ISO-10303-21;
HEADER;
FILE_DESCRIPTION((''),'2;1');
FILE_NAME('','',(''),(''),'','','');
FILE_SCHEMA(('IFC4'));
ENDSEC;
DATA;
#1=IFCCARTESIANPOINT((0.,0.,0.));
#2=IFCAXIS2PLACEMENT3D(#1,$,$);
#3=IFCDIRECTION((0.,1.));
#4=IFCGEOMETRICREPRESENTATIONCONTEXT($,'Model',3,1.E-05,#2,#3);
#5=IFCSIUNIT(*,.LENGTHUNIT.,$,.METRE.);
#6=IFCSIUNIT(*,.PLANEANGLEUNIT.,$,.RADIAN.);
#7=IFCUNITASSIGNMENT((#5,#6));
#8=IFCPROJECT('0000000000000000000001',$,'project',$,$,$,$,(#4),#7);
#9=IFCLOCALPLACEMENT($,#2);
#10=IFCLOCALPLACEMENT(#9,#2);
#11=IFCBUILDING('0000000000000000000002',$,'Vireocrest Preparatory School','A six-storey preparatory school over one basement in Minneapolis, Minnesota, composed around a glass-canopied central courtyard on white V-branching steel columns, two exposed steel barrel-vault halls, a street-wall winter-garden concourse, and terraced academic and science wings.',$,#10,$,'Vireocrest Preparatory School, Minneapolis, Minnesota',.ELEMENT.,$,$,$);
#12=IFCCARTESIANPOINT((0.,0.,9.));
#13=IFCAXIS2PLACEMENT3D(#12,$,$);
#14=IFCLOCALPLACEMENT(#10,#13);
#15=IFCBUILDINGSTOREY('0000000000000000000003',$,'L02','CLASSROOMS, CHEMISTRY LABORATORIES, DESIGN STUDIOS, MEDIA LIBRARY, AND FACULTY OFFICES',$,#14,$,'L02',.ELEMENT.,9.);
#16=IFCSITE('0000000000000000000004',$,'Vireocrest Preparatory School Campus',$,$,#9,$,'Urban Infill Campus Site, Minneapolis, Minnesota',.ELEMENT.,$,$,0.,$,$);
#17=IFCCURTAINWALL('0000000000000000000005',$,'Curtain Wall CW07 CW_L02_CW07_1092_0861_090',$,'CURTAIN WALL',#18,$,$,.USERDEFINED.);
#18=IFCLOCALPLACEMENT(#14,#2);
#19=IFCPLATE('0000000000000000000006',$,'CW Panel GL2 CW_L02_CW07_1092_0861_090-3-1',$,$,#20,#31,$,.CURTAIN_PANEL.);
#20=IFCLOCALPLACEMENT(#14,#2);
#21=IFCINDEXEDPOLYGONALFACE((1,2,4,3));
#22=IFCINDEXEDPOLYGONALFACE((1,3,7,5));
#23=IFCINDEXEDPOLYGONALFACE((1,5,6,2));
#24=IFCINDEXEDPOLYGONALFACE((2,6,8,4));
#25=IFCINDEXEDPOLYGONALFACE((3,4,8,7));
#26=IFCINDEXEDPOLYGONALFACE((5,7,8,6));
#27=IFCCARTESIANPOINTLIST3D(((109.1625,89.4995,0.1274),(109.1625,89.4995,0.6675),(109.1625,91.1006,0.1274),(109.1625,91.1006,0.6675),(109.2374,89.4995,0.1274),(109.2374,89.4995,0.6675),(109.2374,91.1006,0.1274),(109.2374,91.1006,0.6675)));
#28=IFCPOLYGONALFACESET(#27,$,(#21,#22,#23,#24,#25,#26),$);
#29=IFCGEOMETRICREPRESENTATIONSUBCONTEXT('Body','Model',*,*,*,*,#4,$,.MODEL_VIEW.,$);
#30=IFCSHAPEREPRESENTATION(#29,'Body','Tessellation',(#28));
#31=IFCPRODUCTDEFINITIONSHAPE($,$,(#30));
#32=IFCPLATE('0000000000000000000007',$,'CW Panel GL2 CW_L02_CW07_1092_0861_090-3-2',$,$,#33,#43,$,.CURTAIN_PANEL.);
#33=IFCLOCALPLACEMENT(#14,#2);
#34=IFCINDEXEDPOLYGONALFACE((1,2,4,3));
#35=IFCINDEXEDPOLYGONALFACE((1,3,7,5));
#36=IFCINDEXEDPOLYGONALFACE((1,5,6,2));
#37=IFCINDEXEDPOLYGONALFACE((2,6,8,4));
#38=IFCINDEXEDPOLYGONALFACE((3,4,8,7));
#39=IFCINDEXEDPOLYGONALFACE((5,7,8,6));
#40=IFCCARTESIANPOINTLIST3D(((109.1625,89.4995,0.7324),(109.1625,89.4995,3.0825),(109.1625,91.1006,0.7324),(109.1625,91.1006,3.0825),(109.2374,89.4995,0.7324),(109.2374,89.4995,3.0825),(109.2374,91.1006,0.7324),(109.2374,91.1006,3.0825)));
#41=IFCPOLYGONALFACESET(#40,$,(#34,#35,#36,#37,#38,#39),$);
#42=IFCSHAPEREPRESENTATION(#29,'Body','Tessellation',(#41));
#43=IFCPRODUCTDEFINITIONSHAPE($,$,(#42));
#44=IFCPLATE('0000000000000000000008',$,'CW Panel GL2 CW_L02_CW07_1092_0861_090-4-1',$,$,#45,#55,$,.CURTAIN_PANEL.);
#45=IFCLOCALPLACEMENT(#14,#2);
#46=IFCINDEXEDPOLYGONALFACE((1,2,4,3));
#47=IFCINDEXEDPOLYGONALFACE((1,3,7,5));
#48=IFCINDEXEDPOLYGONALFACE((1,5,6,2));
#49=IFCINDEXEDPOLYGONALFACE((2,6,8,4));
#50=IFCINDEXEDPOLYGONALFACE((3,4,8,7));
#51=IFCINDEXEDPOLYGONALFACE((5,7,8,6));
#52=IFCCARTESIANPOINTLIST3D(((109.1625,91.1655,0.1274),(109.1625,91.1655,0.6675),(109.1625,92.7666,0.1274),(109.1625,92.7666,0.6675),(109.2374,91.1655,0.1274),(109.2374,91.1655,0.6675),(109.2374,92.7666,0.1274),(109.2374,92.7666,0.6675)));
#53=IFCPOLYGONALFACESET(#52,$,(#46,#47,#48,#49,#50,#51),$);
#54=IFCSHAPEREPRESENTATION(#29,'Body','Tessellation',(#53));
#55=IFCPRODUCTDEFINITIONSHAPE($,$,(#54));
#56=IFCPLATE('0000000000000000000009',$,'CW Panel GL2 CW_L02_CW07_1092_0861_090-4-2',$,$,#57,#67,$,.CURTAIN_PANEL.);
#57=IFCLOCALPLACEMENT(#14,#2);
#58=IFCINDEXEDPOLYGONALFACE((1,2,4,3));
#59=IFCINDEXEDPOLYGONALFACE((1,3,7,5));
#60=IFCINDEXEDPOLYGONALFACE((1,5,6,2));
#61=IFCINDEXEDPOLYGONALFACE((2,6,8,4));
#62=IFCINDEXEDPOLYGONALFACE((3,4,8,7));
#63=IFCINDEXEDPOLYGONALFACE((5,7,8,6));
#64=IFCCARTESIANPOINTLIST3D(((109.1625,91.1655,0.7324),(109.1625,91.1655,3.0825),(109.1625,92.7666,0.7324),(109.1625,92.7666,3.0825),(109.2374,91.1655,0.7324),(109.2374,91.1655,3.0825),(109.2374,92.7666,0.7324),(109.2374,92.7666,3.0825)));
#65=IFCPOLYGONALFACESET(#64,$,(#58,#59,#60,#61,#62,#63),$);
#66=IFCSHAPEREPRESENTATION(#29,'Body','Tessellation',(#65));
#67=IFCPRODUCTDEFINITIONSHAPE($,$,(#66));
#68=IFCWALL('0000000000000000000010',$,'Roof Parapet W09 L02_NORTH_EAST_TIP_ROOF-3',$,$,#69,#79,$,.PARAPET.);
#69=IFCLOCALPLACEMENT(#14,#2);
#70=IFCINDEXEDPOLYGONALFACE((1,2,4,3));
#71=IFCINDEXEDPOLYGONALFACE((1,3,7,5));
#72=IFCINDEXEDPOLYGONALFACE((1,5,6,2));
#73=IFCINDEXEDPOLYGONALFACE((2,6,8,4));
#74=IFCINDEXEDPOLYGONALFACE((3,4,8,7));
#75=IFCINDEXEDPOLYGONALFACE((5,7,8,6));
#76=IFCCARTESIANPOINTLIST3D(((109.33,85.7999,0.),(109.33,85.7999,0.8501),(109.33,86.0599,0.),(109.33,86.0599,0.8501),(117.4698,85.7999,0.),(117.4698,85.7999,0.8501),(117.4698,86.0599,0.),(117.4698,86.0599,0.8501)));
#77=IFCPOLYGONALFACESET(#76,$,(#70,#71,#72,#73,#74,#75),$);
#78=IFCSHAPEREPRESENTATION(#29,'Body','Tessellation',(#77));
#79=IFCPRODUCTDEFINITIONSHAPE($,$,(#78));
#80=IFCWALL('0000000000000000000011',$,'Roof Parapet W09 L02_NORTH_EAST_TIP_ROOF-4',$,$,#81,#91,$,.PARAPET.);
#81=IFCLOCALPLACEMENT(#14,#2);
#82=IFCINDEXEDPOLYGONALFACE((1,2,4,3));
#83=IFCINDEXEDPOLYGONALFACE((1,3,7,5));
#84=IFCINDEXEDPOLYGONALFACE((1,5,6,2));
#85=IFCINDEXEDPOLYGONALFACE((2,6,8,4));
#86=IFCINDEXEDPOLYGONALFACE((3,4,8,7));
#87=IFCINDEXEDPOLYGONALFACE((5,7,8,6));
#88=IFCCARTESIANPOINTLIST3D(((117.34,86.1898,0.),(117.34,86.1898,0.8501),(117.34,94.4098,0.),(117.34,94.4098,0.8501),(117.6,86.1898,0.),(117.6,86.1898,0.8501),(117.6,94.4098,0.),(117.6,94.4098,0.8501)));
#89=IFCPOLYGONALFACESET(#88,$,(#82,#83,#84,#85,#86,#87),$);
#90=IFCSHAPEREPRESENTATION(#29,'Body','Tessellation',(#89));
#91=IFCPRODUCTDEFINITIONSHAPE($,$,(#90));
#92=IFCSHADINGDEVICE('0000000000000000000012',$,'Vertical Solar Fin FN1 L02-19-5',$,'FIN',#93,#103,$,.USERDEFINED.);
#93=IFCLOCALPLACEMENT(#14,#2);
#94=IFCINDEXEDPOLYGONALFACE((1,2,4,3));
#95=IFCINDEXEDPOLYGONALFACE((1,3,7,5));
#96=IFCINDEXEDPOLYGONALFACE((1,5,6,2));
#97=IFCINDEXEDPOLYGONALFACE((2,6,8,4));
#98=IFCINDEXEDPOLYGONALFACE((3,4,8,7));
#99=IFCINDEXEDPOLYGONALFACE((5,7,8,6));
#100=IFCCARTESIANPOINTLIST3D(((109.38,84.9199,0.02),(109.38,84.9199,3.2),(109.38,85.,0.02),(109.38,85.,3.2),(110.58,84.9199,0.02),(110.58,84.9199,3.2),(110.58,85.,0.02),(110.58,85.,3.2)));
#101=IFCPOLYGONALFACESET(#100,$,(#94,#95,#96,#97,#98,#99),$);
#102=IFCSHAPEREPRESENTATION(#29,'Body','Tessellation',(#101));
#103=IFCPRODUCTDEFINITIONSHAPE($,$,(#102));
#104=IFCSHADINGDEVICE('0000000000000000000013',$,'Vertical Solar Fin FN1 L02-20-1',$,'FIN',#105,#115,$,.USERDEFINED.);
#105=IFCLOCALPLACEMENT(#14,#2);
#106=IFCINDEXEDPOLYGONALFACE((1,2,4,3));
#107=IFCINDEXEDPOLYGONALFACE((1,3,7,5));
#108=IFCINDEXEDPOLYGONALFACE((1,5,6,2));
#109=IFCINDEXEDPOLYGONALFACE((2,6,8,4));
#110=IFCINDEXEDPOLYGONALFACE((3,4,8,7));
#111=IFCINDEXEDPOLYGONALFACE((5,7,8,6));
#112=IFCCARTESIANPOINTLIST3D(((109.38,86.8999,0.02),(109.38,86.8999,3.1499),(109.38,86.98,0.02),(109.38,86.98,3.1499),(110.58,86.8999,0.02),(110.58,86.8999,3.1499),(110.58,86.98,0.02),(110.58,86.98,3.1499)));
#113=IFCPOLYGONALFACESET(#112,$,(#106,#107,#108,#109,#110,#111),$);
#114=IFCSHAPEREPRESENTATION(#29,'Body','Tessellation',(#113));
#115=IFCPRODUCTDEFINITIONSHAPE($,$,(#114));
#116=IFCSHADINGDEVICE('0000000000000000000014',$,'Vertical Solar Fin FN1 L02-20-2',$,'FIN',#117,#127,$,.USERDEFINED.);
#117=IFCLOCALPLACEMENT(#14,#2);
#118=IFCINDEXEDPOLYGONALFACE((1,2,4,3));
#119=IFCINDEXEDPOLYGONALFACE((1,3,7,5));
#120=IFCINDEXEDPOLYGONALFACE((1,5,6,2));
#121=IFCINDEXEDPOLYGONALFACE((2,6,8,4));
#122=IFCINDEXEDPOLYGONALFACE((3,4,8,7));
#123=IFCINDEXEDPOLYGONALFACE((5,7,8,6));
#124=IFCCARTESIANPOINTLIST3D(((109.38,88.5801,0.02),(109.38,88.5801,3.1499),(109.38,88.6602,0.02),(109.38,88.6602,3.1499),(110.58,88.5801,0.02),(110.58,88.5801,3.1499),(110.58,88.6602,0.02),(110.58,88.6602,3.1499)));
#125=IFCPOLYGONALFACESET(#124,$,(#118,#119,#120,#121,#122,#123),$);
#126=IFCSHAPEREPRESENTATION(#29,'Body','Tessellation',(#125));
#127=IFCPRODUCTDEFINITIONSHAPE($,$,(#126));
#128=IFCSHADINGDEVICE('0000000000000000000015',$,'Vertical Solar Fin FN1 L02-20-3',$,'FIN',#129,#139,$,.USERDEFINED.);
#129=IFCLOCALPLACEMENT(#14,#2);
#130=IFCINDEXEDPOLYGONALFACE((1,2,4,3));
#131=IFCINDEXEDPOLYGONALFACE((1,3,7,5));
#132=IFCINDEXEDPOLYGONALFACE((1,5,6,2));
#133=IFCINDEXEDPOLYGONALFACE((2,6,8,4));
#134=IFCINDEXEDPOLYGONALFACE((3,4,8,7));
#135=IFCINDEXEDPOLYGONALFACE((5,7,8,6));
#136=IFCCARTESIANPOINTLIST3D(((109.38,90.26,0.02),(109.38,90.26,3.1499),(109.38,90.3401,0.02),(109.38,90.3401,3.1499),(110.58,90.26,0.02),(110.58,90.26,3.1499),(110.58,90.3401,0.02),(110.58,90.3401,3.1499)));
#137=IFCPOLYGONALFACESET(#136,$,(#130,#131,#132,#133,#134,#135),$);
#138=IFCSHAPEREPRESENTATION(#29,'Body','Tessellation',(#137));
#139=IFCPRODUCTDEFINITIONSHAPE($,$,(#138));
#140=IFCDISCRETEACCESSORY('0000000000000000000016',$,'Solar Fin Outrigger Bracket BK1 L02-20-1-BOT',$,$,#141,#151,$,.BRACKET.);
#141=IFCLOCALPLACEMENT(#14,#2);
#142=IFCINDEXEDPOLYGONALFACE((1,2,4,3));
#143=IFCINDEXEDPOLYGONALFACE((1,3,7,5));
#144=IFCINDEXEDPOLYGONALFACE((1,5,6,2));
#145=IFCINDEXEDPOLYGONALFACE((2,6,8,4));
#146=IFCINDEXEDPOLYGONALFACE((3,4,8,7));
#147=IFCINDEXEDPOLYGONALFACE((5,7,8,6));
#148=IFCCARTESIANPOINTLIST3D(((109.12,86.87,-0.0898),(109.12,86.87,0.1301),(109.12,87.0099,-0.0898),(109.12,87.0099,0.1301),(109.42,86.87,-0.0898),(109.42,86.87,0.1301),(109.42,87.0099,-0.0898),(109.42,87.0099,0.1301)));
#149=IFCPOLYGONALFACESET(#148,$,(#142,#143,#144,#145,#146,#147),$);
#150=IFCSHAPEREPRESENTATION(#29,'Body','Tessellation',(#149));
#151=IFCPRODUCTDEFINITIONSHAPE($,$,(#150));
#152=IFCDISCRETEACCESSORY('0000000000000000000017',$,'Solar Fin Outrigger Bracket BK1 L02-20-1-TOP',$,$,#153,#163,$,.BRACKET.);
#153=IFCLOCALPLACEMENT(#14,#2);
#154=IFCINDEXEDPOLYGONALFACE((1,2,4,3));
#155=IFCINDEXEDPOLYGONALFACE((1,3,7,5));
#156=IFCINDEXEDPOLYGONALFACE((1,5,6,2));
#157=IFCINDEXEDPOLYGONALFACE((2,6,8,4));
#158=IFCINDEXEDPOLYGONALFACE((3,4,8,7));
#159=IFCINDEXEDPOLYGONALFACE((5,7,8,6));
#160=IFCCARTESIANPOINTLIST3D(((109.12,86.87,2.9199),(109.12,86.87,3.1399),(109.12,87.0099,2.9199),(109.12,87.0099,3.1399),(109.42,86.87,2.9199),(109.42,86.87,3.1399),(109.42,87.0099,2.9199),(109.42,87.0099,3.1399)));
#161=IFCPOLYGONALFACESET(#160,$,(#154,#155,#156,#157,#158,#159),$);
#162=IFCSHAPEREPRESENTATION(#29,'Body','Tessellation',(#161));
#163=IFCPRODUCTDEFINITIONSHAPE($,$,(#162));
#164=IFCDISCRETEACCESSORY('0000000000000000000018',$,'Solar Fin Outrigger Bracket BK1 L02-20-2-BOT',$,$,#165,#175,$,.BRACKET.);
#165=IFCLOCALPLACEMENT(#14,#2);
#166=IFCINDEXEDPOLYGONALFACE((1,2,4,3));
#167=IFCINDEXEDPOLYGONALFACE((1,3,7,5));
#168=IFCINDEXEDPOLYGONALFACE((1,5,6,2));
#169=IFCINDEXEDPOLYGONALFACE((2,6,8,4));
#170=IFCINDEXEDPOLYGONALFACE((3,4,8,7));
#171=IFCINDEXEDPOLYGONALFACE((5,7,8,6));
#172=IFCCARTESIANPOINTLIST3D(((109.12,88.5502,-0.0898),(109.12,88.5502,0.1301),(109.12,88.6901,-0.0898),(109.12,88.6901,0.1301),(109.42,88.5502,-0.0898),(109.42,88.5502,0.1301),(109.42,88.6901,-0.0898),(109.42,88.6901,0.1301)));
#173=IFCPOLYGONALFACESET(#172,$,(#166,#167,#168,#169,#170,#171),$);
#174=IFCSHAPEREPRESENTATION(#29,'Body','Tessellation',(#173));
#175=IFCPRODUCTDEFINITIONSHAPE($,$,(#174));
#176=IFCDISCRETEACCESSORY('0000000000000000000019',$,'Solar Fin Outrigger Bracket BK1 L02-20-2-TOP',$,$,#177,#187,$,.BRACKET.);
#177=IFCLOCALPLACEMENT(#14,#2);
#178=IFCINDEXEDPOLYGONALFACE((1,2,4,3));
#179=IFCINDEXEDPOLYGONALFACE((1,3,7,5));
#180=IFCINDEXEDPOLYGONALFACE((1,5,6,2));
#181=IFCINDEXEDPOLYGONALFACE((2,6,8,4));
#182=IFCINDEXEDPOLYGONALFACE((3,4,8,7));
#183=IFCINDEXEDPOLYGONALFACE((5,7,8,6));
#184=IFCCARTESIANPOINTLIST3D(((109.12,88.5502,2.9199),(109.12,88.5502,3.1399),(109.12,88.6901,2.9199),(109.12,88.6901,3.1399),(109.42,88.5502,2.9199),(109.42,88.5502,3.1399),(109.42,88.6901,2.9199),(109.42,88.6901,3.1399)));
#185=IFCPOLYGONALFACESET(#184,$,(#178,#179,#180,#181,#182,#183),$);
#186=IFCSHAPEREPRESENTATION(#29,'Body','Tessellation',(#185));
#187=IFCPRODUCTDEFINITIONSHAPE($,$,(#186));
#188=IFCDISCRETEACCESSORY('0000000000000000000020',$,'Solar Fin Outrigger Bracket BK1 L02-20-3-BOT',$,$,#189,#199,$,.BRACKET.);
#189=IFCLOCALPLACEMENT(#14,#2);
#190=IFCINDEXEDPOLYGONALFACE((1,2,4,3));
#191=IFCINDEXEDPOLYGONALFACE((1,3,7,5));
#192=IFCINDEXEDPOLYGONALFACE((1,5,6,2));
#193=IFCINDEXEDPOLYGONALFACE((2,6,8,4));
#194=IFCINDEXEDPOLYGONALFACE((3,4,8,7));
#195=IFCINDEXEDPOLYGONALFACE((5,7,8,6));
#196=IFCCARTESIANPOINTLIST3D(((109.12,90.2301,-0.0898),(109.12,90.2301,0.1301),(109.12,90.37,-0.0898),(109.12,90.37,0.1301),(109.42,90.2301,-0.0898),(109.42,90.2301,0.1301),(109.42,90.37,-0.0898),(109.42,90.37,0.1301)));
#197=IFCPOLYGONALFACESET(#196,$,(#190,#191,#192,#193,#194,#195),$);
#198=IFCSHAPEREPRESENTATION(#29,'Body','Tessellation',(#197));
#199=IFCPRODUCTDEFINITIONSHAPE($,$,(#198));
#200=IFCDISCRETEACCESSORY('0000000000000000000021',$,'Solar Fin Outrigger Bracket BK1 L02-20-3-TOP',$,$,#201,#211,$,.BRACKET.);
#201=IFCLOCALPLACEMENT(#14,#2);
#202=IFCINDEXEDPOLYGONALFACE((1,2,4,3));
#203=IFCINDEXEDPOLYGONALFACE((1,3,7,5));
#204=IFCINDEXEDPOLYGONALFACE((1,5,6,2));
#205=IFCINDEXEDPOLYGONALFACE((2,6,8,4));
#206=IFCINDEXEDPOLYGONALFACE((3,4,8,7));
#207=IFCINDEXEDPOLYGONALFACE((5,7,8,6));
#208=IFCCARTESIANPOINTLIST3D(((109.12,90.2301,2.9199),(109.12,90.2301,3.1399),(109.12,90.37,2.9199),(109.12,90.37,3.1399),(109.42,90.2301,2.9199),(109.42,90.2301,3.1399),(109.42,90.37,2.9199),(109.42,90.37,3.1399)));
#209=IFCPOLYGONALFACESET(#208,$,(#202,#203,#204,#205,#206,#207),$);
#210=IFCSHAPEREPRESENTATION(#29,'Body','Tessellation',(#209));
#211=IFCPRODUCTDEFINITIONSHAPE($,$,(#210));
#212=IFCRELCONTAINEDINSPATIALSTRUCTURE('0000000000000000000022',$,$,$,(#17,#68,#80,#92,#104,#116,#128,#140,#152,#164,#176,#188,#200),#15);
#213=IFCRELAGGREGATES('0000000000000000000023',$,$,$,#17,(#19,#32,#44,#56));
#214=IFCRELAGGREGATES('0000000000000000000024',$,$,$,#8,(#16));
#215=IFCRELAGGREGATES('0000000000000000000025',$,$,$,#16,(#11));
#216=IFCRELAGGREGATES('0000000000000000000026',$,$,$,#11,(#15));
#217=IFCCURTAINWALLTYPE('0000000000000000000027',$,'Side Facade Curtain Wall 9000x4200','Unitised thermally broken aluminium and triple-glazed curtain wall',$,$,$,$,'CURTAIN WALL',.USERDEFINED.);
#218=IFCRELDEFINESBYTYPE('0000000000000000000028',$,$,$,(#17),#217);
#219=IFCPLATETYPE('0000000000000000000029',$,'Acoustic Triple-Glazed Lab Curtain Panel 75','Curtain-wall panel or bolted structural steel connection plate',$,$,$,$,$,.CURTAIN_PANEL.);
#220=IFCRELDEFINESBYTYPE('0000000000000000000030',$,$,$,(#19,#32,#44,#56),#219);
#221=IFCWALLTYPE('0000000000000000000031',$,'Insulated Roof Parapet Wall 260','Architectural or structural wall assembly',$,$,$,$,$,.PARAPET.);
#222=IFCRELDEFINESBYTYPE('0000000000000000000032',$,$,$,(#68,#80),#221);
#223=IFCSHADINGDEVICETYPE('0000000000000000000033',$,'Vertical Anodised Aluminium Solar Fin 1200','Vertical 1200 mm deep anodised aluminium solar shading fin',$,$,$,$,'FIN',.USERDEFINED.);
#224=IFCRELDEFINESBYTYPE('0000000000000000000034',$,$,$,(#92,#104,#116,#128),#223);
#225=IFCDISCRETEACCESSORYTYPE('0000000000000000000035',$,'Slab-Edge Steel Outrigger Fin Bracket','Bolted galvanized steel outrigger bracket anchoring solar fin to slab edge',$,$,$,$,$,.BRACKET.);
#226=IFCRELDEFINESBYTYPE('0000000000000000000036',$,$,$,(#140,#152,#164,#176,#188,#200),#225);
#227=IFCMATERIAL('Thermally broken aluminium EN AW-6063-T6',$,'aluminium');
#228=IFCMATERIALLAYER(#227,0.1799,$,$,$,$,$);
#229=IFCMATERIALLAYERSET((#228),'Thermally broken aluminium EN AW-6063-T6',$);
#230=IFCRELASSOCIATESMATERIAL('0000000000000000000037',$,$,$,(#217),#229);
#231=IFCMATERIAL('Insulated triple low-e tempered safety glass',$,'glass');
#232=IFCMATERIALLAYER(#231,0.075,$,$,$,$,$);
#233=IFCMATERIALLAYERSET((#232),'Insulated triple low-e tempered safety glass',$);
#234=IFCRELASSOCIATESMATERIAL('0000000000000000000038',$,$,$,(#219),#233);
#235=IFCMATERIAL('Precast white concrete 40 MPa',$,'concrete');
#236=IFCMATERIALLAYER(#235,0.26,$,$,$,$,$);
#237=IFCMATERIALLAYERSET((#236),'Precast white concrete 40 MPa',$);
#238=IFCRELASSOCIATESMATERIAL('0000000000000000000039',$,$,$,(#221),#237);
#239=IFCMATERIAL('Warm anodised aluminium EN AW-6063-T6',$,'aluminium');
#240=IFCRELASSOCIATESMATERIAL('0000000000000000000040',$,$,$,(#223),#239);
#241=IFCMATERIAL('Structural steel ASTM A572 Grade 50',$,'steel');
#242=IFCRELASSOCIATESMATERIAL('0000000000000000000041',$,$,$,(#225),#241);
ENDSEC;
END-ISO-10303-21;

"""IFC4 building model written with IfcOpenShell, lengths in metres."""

from ifc_helpers import new_model, si_unit, direction, frame, frame_2d, origin, origin_2d, place, context, subcontext, project, spatial, rectangle, extrude, material, layer, layer_set, material_profile, profile_set, type_object, element, aggregate, save


model = new_model("IFC4")

# Units and contexts
model_context = context("Model", 3, precision=1e-05, world=origin(), true_north=direction((0.0, 1.0)))
body_context = subcontext(model_context, "Body", "Model", "MODEL_VIEW")
ifc_project = project(units=[si_unit("LENGTHUNIT", "METRE"), si_unit("PLANEANGLEUNIT", "RADIAN")], contexts=[model_context])

# Site, building, storey
site_placement = place(None, origin())
site = spatial("IfcSite", under=ifc_project, at=site_placement, Name="Vireocrest Preparatory School Campus", LongName="Urban Infill Campus Site, Minneapolis, Minnesota", CompositionType="ELEMENT", RefElevation=0.0)
building_placement = place(site_placement, origin())
building = spatial("IfcBuilding", under=site, at=building_placement, Name="Vireocrest Preparatory School", Description="A six-storey preparatory school over one basement in Minneapolis, Minnesota, composed around a glass-canopied central courtyard on white V-branching steel columns, two exposed steel barrel-vault halls, a street-wall winter-garden concourse, and terraced academic and science wings.", LongName="Vireocrest Preparatory School, Minneapolis, Minnesota", CompositionType="ELEMENT")
storey_placement = place(building_placement, frame((0.0, 0.0, 9.0)))
storey = spatial("IfcBuildingStorey", under=building, at=storey_placement, Name="L02", Description="CLASSROOMS, CHEMISTRY LABORATORIES, DESIGN STUDIOS, MEDIA LIBRARY, AND FACULTY OFFICES", LongName="L02", CompositionType="ELEMENT", Elevation=9.0)

# Shared definitions
ifc_material_1 = material(Name="Thermally broken aluminium EN AW-6063-T6", Category="aluminium")

# Curtain wall
ifc_layer_1 = layer(ifc_material_1, 0.1799)
ifc_layer_set_1 = layer_set([ifc_layer_1], Name="Thermally broken aluminium EN AW-6063-T6")
curtain_wall_type_1 = type_object("IfcCurtainWallType", Name="Side Facade Curtain Wall 9000x4200", Description="Unitised thermally broken aluminium and triple-glazed curtain wall", ElementType="CURTAIN WALL", PredefinedType="USERDEFINED", material=ifc_layer_set_1)
curtain_wall_1_placement = place(storey_placement, origin())
curtain_wall_1 = element("IfcCurtainWall", 1, at=curtain_wall_1_placement, inside=storey, type_object=curtain_wall_type_1, Name="Curtain Wall CW07 CW_L02_CW07_1092_0861_090", ObjectType="CURTAIN WALL", PredefinedType="USERDEFINED")

# Plates
ifc_material_2 = material(Name="Insulated triple low-e tempered safety glass", Category="glass")
ifc_layer_2 = layer(ifc_material_2, 0.075)
ifc_layer_set_2 = layer_set([ifc_layer_2], Name="Insulated triple low-e tempered safety glass")
plate_type = type_object("IfcPlateType", Name="Acoustic Triple-Glazed Lab Curtain Panel 75", Description="Curtain-wall panel or bolted structural steel connection plate", PredefinedType="CURTAIN_PANEL", material=ifc_layer_set_2)
plate_1_placement = place(storey_placement, frame((109.2, 90.3, 0.1274), z_axis=(0.0, 0.0, 1.0), x_axis=(0.0, 1.0, 0.0)))
plate_1 = element("IfcPlate", 2, at=plate_1_placement, type_object=plate_type, Name="CW Panel GL2 CW_L02_CW07_1092_0861_090-3-1", PredefinedType="CURTAIN_PANEL", context=body_context, shape_type="SweptSolid", body=[
    extrude(rectangle(XDim=1.6011, YDim=0.075, at=origin_2d()), origin(), (0.0, 0.0, 1.0), 0.54),
])
plate_2_placement = place(storey_placement, frame((109.2, 90.3, 0.7324), z_axis=(0.0, 0.0, 1.0), x_axis=(0.0, 1.0, 0.0)))
plate_2 = element("IfcPlate", 3, at=plate_2_placement, type_object=plate_type, Name="CW Panel GL2 CW_L02_CW07_1092_0861_090-3-2", PredefinedType="CURTAIN_PANEL", context=body_context, shape_type="SweptSolid", body=[
    extrude(rectangle(XDim=1.6011, YDim=0.075, at=origin_2d()), origin(), (0.0, 0.0, 1.0), 2.3501),
])
plate_3_placement = place(storey_placement, frame((109.2, 91.9661, 0.1274), z_axis=(0.0, 0.0, 1.0), x_axis=(0.0, 1.0, 0.0)))
plate_3 = element("IfcPlate", 4, at=plate_3_placement, type_object=plate_type, Name="CW Panel GL2 CW_L02_CW07_1092_0861_090-4-1", PredefinedType="CURTAIN_PANEL", context=body_context, shape_type="SweptSolid", body=[
    extrude(rectangle(XDim=1.6011, YDim=0.075, at=origin_2d()), origin(), (0.0, 0.0, 1.0), 0.54),
])
plate_4_placement = place(storey_placement, frame((109.2, 91.9661, 0.7324), z_axis=(0.0, 0.0, 1.0), x_axis=(0.0, 1.0, 0.0)))
plate_4 = element("IfcPlate", 5, at=plate_4_placement, type_object=plate_type, Name="CW Panel GL2 CW_L02_CW07_1092_0861_090-4-2", PredefinedType="CURTAIN_PANEL", context=body_context, shape_type="SweptSolid", body=[
    extrude(rectangle(XDim=1.6011, YDim=0.075, at=origin_2d()), origin(), (0.0, 0.0, 1.0), 2.3501),
])
aggregate(curtain_wall_1, [plate_1, plate_2, plate_3, plate_4])

# Walls
ifc_material_3 = material(Name="Precast white concrete 40 MPa", Category="concrete")
ifc_layer_3 = layer(ifc_material_3, 0.26)
ifc_layer_set_3 = layer_set([ifc_layer_3], Name="Precast white concrete 40 MPa")
wall_type = type_object("IfcWallType", Name="Insulated Roof Parapet Wall 260", Description="Architectural or structural wall assembly", PredefinedType="PARAPET", material=ifc_layer_set_3)
wall_1_placement = place(storey_placement, frame((109.3301, 85.9299, 0.0), z_axis=(0.0, 0.0, 1.0), x_axis=(1.0, 0.0, 0.0)))
element("IfcWall", 6, at=wall_1_placement, inside=storey, type_object=wall_type, Name="Roof Parapet W09 L02_NORTH_EAST_TIP_ROOF-3", PredefinedType="PARAPET", context=body_context, shape_type="SweptSolid", body=[
    extrude(rectangle(XDim=8.1399, YDim=0.26, at=frame_2d((4.0698, 0.0))), origin(), (0.0, 0.0, 1.0), 0.8501),
])
wall_2_placement = place(storey_placement, frame((117.47, 86.1899, 0.0), z_axis=(0.0, 0.0, 1.0), x_axis=(0.0, 1.0, 0.0)))
element("IfcWall", 7, at=wall_2_placement, inside=storey, type_object=wall_type, Name="Roof Parapet W09 L02_NORTH_EAST_TIP_ROOF-4", PredefinedType="PARAPET", context=body_context, shape_type="SweptSolid", body=[
    extrude(rectangle(XDim=8.22, YDim=0.26, at=frame_2d((4.1099, 0.0))), origin(), (0.0, 0.0, 1.0), 0.8501),
])

# Shading devices
ifc_material_4 = material(Name="Warm anodised aluminium EN AW-6063-T6", Category="aluminium")
ifc_material_profile_1 = material_profile(ifc_material_4, rectangle(XDim=0.0801, YDim=1.2, at=origin_2d()), Name="FIN 80x1200")
ifc_profile_set_1 = profile_set([ifc_material_profile_1], Name="Warm anodised aluminium EN AW-6063-T6")
shading_device_type = type_object("IfcShadingDeviceType", Name="Vertical Anodised Aluminium Solar Fin 1200", Description="Vertical 1200 mm deep anodised aluminium solar shading fin", ElementType="FIN", PredefinedType="USERDEFINED", material=ifc_profile_set_1)
shading_device_placement = place(storey_placement, frame((109.98, 84.96, 0.02), z_axis=(0.0, 0.0, 1.0), x_axis=(0.0, -1.0, 0.0)))
element("IfcShadingDevice", 8, at=shading_device_placement, inside=storey, type_object=shading_device_type, Name="Vertical Solar Fin FN1 L02-19-5", ObjectType="FIN", PredefinedType="USERDEFINED", context=body_context, shape_type="SweptSolid", body=[
    extrude(rectangle(XDim=0.0801, YDim=1.2, at=origin_2d()), origin(), (0.0, 0.0, 1.0), 3.1799),
])
for number, where, z_axis, x_axis, name in (
    (9, (109.98, 86.9399, 0.02), (0.0, 0.0, 1.0), (0.0, -1.0, 0.0), "Vertical Solar Fin FN1 L02-20-1"),
    (10, (109.98, 88.6201, 0.02), (0.0, 0.0, 1.0), (0.0, -1.0, 0.0), "Vertical Solar Fin FN1 L02-20-2"),
    (11, (109.98, 90.3, 0.02), (0.0, 0.0, 1.0), (0.0, -1.0, 0.0), "Vertical Solar Fin FN1 L02-20-3"),
):
    element("IfcShadingDevice", number, at=place(storey_placement, frame(where, z_axis=z_axis, x_axis=x_axis)), inside=storey, type_object=shading_device_type, Name=name, ObjectType="FIN", PredefinedType="USERDEFINED", context=body_context, shape_type="SweptSolid", body=[
        extrude(rectangle(XDim=0.0801, YDim=1.2, at=origin_2d()), origin(), (0.0, 0.0, 1.0), 3.1299),
    ])

# Discrete accessories
ifc_material_5 = material(Name="Structural steel ASTM A572 Grade 50", Category="steel")
discrete_accessory_type = type_object("IfcDiscreteAccessoryType", Name="Slab-Edge Steel Outrigger Fin Bracket", Description="Bolted galvanized steel outrigger bracket anchoring solar fin to slab edge", PredefinedType="BRACKET", material=ifc_material_5)
for number, where, z_axis, x_axis, name in (
    (12, (109.27, 86.9399, -0.0898), (0.0, 0.0, 1.0), (0.0, -1.0, 0.0), "Solar Fin Outrigger Bracket BK1 L02-20-1-BOT"),
    (13, (109.27, 86.9399, 2.9199), (0.0, 0.0, 1.0), (0.0, -1.0, 0.0), "Solar Fin Outrigger Bracket BK1 L02-20-1-TOP"),
    (14, (109.27, 88.6201, -0.0898), (0.0, 0.0, 1.0), (0.0, -1.0, 0.0), "Solar Fin Outrigger Bracket BK1 L02-20-2-BOT"),
    (15, (109.27, 88.6201, 2.9199), (0.0, 0.0, 1.0), (0.0, -1.0, 0.0), "Solar Fin Outrigger Bracket BK1 L02-20-2-TOP"),
    (16, (109.27, 90.3, -0.0898), (0.0, 0.0, 1.0), (0.0, -1.0, 0.0), "Solar Fin Outrigger Bracket BK1 L02-20-3-BOT"),
    (17, (109.27, 90.3, 2.9199), (0.0, 0.0, 1.0), (0.0, -1.0, 0.0), "Solar Fin Outrigger Bracket BK1 L02-20-3-TOP"),
):
    element("IfcDiscreteAccessory", number, at=place(storey_placement, frame(where, z_axis=z_axis, x_axis=x_axis)), inside=storey, type_object=discrete_accessory_type, Name=name, PredefinedType="BRACKET", context=body_context, shape_type="SweptSolid", body=[
        extrude(rectangle(XDim=0.1399, YDim=0.3, at=origin_2d()), origin(), (0.0, 0.0, 1.0), 0.22),
    ])

save(model, "model.ifc")
